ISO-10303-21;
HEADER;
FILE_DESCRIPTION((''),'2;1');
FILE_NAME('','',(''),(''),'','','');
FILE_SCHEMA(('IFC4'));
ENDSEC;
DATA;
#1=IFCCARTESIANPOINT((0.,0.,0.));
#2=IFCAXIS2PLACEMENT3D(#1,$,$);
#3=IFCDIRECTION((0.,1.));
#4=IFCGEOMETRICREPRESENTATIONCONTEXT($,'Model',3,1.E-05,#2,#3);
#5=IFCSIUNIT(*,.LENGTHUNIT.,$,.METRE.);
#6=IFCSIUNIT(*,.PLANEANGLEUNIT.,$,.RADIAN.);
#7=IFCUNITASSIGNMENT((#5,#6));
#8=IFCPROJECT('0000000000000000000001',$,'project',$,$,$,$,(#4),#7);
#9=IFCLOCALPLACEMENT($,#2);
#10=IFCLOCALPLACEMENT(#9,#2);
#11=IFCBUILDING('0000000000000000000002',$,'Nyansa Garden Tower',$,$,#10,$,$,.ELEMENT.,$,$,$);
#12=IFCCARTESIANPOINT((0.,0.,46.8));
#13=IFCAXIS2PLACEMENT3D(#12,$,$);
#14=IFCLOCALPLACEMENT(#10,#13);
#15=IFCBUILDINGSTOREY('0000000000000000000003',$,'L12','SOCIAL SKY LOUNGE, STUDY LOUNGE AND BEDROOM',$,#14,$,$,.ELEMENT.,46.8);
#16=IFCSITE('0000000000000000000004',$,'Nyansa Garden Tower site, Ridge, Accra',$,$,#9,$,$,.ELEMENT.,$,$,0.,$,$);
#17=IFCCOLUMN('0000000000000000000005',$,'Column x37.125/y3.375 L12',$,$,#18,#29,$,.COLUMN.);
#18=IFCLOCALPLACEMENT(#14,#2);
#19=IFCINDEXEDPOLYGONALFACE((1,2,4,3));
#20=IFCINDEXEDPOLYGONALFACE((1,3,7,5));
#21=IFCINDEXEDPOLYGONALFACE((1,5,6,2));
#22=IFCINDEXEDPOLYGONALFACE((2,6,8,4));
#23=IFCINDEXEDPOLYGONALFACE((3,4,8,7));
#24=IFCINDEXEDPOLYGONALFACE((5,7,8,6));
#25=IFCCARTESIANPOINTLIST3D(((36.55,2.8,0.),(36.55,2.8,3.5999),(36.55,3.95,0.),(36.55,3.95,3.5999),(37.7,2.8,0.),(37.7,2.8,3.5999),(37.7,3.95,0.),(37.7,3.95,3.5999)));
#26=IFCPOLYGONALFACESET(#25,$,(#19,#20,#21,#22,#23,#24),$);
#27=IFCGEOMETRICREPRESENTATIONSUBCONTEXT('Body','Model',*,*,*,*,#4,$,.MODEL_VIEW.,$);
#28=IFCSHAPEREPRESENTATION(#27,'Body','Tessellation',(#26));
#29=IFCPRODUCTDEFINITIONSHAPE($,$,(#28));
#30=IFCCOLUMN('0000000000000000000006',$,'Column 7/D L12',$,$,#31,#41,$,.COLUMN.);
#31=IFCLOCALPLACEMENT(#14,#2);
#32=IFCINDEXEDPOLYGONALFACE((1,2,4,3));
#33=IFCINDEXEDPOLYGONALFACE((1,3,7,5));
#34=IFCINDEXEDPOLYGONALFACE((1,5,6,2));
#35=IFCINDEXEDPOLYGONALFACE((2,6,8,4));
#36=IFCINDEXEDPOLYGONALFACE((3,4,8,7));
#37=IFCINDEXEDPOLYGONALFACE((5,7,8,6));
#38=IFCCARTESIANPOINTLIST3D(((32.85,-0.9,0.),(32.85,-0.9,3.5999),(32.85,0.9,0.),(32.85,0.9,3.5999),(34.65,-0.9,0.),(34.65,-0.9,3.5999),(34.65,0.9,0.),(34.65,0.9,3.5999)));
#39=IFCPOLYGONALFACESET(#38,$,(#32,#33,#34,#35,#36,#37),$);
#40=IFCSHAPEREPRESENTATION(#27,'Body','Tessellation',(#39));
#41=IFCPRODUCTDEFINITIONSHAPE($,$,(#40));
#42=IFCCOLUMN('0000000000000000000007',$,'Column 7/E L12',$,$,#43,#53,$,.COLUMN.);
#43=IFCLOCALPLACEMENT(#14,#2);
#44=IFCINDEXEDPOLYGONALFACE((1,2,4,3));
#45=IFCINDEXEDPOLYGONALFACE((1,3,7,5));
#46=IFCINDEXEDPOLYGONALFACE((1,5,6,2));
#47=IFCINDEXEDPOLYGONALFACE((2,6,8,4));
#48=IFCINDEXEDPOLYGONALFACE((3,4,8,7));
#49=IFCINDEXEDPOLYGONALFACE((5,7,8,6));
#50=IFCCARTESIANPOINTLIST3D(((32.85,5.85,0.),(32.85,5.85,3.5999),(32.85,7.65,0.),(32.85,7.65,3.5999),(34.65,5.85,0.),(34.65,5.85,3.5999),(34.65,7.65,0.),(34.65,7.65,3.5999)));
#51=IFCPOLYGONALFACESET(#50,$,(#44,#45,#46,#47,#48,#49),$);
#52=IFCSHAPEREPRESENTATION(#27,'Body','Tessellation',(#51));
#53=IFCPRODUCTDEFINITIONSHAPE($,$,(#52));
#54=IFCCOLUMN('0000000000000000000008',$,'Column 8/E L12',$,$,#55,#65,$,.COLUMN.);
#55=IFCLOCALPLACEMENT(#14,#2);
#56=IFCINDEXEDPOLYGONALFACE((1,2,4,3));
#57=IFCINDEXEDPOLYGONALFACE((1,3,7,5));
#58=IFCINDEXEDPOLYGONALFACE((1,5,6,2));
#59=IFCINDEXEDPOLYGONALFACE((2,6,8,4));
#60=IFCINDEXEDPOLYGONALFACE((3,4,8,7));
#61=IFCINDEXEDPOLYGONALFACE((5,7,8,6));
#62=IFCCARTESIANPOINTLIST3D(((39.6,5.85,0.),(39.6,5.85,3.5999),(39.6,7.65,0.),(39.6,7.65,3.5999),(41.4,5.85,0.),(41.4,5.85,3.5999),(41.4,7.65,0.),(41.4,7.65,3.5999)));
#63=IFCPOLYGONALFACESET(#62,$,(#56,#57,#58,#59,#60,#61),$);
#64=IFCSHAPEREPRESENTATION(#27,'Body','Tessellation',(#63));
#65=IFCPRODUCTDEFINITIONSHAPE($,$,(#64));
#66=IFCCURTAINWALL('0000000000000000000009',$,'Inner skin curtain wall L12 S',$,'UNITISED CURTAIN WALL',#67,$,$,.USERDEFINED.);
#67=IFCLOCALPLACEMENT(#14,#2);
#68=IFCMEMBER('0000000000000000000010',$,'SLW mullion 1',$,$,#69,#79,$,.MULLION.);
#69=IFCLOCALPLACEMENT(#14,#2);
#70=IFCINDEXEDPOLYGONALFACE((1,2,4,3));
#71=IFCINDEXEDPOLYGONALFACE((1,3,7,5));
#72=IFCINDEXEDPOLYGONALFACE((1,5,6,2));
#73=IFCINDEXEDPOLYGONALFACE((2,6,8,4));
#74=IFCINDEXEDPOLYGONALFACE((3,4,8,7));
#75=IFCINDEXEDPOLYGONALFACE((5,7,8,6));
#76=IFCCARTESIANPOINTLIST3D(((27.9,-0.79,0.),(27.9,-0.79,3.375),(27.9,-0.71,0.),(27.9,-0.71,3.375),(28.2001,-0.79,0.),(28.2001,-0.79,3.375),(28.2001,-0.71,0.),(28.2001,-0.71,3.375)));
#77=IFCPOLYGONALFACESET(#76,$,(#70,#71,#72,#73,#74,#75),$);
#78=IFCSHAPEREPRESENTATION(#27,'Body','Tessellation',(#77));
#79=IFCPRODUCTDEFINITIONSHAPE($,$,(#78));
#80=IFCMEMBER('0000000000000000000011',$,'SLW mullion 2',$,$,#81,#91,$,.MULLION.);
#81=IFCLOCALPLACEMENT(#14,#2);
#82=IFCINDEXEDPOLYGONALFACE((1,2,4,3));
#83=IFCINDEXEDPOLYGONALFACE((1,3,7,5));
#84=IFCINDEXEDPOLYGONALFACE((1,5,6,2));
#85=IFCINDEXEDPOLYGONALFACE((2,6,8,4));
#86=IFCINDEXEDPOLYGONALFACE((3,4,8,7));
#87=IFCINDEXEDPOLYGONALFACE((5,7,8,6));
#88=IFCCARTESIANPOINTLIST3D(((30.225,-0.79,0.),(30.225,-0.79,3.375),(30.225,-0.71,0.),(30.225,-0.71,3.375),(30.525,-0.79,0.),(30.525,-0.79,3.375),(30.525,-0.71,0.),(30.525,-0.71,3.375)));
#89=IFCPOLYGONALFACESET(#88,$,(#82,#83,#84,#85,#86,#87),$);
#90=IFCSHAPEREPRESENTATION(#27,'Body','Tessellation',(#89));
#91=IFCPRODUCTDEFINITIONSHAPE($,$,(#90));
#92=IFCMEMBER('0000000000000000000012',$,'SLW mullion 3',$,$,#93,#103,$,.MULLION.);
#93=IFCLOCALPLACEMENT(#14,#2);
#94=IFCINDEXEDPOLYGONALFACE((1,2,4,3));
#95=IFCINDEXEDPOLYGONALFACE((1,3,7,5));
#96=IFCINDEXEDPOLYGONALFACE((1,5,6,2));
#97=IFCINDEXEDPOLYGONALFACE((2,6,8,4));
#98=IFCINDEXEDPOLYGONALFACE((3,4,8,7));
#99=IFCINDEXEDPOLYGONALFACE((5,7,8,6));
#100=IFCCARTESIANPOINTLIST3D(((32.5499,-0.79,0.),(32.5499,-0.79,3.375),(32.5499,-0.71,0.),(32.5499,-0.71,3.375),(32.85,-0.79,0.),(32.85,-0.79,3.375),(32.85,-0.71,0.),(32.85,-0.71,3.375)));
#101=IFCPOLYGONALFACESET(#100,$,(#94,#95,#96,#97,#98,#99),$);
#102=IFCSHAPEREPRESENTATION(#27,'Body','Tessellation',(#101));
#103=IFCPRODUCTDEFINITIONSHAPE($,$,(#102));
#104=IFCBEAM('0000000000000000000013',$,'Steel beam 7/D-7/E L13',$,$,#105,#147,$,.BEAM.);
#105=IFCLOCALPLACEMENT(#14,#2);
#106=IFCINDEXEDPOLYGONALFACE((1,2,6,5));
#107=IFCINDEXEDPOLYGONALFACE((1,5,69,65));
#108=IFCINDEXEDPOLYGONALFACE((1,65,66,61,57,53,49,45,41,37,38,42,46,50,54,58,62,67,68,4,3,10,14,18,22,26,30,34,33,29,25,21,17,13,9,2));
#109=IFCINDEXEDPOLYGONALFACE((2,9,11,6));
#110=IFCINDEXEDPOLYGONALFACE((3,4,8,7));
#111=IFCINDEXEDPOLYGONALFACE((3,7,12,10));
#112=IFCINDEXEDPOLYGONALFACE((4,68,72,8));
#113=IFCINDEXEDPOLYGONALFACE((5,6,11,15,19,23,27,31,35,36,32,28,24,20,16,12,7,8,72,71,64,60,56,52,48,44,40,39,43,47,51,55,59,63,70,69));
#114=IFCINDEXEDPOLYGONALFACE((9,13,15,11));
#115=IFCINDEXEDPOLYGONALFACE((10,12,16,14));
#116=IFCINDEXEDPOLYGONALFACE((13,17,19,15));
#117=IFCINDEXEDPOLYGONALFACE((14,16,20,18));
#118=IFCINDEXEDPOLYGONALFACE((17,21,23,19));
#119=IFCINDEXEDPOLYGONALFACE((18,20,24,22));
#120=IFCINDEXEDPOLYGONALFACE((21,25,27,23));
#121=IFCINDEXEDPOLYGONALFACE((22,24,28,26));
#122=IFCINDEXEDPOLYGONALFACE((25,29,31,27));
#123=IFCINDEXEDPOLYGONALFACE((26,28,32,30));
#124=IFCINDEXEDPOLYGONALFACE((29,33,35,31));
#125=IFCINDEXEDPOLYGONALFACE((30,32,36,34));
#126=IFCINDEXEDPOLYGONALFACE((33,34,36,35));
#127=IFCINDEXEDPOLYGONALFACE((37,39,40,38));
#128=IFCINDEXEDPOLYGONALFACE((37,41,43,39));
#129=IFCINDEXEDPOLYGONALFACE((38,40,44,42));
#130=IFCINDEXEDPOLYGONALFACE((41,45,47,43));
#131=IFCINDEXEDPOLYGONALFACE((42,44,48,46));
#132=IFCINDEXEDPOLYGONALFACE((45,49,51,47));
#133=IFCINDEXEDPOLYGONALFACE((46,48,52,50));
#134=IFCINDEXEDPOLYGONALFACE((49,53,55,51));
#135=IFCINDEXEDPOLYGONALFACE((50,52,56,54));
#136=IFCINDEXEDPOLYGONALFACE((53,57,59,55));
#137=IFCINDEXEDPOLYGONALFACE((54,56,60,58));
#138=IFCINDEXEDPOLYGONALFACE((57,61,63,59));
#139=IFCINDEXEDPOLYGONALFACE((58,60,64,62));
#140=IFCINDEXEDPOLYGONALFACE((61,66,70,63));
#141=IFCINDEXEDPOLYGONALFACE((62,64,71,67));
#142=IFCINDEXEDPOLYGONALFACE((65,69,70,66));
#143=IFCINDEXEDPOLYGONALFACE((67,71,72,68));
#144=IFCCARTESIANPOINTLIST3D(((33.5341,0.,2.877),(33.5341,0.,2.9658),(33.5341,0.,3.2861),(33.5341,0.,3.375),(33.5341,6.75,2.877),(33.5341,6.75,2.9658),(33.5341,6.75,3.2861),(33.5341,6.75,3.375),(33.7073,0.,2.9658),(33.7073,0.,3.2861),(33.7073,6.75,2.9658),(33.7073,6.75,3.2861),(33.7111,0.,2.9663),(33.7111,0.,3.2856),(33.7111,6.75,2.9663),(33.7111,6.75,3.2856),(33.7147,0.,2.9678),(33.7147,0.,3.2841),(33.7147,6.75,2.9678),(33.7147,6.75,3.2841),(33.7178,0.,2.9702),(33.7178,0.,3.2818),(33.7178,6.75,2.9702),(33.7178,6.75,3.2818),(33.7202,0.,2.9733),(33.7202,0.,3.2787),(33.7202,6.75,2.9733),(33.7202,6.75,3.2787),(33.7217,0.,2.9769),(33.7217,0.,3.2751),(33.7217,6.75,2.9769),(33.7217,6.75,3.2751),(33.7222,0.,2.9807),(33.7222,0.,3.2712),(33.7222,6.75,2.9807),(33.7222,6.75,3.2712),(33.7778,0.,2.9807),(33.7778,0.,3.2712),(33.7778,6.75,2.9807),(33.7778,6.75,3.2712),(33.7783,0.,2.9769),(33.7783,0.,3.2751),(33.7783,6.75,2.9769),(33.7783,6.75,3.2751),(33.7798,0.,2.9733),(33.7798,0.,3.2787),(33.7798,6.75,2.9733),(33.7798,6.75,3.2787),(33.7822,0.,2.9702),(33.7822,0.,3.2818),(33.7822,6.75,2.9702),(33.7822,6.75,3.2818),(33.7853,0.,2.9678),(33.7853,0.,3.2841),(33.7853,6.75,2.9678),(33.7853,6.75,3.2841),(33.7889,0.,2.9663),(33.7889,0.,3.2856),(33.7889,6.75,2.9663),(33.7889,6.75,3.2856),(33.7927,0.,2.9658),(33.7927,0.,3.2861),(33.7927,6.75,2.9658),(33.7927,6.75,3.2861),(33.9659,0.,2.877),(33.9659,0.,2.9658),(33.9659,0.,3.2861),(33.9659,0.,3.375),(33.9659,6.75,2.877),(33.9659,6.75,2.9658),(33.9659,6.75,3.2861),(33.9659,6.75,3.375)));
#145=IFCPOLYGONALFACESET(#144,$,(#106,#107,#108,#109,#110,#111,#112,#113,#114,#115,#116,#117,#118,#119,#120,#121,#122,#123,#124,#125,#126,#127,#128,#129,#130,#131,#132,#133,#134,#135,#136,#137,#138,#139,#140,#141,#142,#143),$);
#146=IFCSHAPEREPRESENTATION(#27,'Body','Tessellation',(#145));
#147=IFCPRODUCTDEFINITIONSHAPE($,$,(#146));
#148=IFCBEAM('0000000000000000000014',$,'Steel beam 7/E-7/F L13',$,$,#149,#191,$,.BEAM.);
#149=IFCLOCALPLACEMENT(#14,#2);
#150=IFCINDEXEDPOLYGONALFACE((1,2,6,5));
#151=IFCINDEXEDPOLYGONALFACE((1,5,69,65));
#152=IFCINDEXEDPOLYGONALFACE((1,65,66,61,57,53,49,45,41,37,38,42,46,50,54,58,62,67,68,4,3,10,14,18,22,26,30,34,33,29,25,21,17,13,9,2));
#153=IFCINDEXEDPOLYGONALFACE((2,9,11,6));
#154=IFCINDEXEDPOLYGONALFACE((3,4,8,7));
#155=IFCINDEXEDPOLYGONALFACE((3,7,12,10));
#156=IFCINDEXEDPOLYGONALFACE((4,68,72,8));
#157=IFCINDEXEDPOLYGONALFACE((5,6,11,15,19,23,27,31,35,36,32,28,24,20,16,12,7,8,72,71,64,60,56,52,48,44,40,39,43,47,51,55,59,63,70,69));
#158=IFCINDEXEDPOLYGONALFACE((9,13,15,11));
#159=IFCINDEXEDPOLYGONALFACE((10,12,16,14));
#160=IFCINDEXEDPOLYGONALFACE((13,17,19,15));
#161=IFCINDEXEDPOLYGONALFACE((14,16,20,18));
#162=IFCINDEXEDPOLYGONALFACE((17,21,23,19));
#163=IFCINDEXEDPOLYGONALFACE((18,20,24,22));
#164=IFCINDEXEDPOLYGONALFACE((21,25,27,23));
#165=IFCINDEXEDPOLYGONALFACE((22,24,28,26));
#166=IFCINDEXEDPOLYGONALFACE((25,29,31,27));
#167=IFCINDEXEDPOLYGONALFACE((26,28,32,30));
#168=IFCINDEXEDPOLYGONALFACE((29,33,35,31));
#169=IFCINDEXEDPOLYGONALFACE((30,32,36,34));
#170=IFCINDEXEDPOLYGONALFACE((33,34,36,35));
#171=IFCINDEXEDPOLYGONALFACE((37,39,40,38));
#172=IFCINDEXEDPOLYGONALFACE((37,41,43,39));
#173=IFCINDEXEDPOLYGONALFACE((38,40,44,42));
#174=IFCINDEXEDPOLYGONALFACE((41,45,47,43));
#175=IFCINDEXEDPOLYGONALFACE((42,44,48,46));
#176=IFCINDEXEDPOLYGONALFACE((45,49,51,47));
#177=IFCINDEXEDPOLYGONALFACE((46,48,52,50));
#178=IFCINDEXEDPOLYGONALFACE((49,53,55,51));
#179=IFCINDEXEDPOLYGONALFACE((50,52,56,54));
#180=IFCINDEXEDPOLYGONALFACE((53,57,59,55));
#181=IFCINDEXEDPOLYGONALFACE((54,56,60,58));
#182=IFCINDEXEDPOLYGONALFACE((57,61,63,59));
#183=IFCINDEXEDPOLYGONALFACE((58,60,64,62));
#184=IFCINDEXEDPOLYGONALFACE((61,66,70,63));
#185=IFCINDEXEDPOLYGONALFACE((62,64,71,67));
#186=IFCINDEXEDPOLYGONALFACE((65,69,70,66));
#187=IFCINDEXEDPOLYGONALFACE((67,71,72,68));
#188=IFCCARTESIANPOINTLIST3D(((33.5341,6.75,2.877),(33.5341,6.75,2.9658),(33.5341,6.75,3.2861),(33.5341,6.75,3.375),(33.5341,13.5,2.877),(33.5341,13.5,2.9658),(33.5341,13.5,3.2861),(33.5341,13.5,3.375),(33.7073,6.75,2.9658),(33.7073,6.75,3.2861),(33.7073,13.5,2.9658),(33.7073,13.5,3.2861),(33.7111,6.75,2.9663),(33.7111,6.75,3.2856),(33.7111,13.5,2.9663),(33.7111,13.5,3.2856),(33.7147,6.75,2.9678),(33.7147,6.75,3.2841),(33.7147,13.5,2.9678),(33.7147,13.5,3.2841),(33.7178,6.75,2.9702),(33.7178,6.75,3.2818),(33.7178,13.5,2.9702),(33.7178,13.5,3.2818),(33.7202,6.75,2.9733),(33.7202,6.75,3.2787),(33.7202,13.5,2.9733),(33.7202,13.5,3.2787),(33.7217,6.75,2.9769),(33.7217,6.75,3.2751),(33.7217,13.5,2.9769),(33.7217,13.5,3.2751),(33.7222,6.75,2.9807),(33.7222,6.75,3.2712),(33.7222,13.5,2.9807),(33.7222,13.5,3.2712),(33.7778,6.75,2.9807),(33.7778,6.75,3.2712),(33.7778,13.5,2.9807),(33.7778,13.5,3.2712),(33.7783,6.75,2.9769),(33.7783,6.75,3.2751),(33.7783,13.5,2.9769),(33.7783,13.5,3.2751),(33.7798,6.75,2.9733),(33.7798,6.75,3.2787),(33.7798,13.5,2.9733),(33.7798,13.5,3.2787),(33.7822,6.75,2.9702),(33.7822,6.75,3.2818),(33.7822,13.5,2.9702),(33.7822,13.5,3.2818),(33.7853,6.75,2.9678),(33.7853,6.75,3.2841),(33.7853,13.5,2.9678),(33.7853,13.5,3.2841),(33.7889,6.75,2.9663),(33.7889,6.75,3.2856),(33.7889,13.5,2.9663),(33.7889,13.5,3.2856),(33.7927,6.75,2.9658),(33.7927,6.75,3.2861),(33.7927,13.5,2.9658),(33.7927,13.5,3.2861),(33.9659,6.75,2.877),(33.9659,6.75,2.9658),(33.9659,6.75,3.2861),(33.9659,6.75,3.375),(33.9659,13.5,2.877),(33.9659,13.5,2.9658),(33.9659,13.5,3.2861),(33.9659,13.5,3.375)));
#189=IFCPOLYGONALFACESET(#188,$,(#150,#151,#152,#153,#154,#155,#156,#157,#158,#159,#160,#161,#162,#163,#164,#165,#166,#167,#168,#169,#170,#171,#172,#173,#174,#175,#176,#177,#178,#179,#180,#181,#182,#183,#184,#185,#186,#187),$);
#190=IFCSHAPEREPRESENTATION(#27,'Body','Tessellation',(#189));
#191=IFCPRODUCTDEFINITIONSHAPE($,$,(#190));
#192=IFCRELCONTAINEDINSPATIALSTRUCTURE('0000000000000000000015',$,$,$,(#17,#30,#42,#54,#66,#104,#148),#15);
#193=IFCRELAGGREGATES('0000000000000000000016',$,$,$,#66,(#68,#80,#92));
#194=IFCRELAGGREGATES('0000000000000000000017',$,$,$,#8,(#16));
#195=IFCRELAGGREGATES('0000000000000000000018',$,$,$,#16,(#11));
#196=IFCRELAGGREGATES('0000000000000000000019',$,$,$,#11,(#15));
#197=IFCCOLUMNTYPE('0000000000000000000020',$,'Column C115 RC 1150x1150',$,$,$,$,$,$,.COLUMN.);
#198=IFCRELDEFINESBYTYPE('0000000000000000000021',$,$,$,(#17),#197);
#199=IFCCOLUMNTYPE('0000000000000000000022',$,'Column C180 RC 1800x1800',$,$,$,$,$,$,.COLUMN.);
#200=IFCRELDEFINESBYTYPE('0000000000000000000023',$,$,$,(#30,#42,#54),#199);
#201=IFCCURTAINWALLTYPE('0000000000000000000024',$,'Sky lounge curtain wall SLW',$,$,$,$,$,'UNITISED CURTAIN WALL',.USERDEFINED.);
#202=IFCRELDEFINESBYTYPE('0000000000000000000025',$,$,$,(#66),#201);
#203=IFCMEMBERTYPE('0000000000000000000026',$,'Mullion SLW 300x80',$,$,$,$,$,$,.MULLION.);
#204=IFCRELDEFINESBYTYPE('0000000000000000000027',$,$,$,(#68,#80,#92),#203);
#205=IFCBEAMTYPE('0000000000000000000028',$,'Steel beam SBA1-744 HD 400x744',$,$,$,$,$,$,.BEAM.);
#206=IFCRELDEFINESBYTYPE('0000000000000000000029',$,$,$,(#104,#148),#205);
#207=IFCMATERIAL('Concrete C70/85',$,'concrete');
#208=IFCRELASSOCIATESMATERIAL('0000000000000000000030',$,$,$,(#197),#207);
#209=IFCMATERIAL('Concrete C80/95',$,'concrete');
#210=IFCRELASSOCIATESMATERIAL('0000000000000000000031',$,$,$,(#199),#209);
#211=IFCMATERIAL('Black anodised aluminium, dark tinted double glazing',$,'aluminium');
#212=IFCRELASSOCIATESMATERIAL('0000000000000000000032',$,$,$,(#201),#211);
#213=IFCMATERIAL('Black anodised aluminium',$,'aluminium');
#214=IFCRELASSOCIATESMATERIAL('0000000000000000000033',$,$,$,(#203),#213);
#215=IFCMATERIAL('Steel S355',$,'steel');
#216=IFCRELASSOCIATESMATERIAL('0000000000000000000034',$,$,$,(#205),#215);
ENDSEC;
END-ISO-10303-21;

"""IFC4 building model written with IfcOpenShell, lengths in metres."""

from ifc_helpers import new_model, si_unit, direction, frame, origin, origin_2d, place, context, subcontext, project, spatial, rectangle, i_section, extrude, material, material_profile, profile_set, type_object, element, aggregate, save


model = new_model("IFC4")

# Units and contexts
model_context = context("Model", 3, precision=1e-05, world=origin(), true_north=direction((0.0, 1.0)))
body_context = subcontext(model_context, "Body", "Model", "MODEL_VIEW")
ifc_project = project(units=[si_unit("LENGTHUNIT", "METRE"), si_unit("PLANEANGLEUNIT", "RADIAN")], contexts=[model_context])

# Site, building, storey
site_placement = place(None, origin())
site = spatial("IfcSite", under=ifc_project, at=site_placement, Name="Nyansa Garden Tower site, Ridge, Accra", CompositionType="ELEMENT", RefElevation=0.0)
building_placement = place(site_placement, origin())
building = spatial("IfcBuilding", under=site, at=building_placement, Name="Nyansa Garden Tower", CompositionType="ELEMENT")
storey_placement = place(building_placement, frame((0.0, 0.0, 46.8)))
storey = spatial("IfcBuildingStorey", under=building, at=storey_placement, Name="L12", Description="SOCIAL SKY LOUNGE, STUDY LOUNGE AND BEDROOM", CompositionType="ELEMENT", Elevation=46.8)

# Columns
ifc_material_1 = material(Name="Concrete C70/85", Category="concrete")
ifc_material_profile_1 = material_profile(ifc_material_1, rectangle(XDim=1.1499, YDim=1.1499, at=origin_2d()), Name="RC 1150x1150")
ifc_profile_set_1 = profile_set([ifc_material_profile_1], Name="Concrete C70/85")
column_type_1 = type_object("IfcColumnType", Name="Column C115 RC 1150x1150", PredefinedType="COLUMN", material=ifc_profile_set_1)
column_placement = place(storey_placement, frame((37.125, 3.375, 0.0), z_axis=(0.0, 0.0, 1.0), x_axis=(1.0, 0.0, 0.0)))
element("IfcColumn", 1, at=column_placement, inside=storey, type_object=column_type_1, Name="Column x37.125/y3.375 L12", PredefinedType="COLUMN", context=body_context, shape_type="SweptSolid", body=[
    extrude(rectangle(XDim=1.1499, YDim=1.1499, at=origin_2d()), origin(), (0.0, 0.0, 1.0), 3.5999),
])
ifc_material_2 = material(Name="Concrete C80/95", Category="concrete")
ifc_material_profile_2 = material_profile(ifc_material_2, rectangle(XDim=1.8, YDim=1.8, at=origin_2d()), Name="RC 1800x1800")
ifc_profile_set_2 = profile_set([ifc_material_profile_2], Name="Concrete C80/95")
column_type_2 = type_object("IfcColumnType", Name="Column C180 RC 1800x1800", PredefinedType="COLUMN", material=ifc_profile_set_2)
for number, where, z_axis, x_axis, name in (
    (2, (33.75, 0.0, 0.0), (0.0, 0.0, 1.0), (1.0, 0.0, 0.0), "Column 7/D L12"),
    (3, (33.75, 6.75, 0.0), (0.0, 0.0, 1.0), (1.0, 0.0, 0.0), "Column 7/E L12"),
    (4, (40.5, 6.75, 0.0), (0.0, 0.0, 1.0), (1.0, 0.0, 0.0), "Column 8/E L12"),
):
    element("IfcColumn", number, at=place(storey_placement, frame(where, z_axis=z_axis, x_axis=x_axis)), inside=storey, type_object=column_type_2, Name=name, PredefinedType="COLUMN", context=body_context, shape_type="SweptSolid", body=[
        extrude(rectangle(XDim=1.8, YDim=1.8, at=origin_2d()), origin(), (0.0, 0.0, 1.0), 3.5999),
    ])

# Curtain wall, members
ifc_material_3 = material(Name="Black anodised aluminium, dark tinted double glazing", Category="aluminium")
curtain_wall_type = type_object("IfcCurtainWallType", Name="Sky lounge curtain wall SLW", ElementType="UNITISED CURTAIN WALL", PredefinedType="USERDEFINED", material=ifc_material_3)
curtain_wall_placement = place(storey_placement, origin())
curtain_wall = element("IfcCurtainWall", 5, at=curtain_wall_placement, inside=storey, type_object=curtain_wall_type, Name="Inner skin curtain wall L12 S", ObjectType="UNITISED CURTAIN WALL", PredefinedType="USERDEFINED")
ifc_material_4 = material(Name="Black anodised aluminium", Category="aluminium")
ifc_material_profile_3 = material_profile(ifc_material_4, rectangle(XDim=0.0801, YDim=0.3, at=origin_2d()), Name="Mullion 300x80")
ifc_profile_set_3 = profile_set([ifc_material_profile_3], Name="Black anodised aluminium")
member_type_1 = type_object("IfcMemberType", Name="Mullion SLW 300x80", PredefinedType="MULLION", material=ifc_profile_set_3)
member_1_placement = place(storey_placement, frame((28.05, -0.75, 0.0), z_axis=(0.0, 0.0, 1.0), x_axis=(0.0, 1.0, 0.0)))
member_1 = element("IfcMember", 6, at=member_1_placement, type_object=member_type_1, Name="SLW mullion 1", PredefinedType="MULLION", context=body_context, shape_type="SweptSolid", body=[
    extrude(rectangle(XDim=0.0801, YDim=0.3, at=origin_2d()), origin(), (0.0, 0.0, 1.0), 3.375),
])
member_2_placement = place(storey_placement, frame((30.375, -0.75, 0.0), z_axis=(0.0, 0.0, 1.0), x_axis=(0.0, 1.0, 0.0)))
member_2 = element("IfcMember", 7, at=member_2_placement, type_object=member_type_1, Name="SLW mullion 2", PredefinedType="MULLION", context=body_context, shape_type="SweptSolid", body=[
    extrude(rectangle(XDim=0.0801, YDim=0.3, at=origin_2d()), origin(), (0.0, 0.0, 1.0), 3.375),
])
member_3_placement = place(storey_placement, frame((32.7, -0.75, 0.0), z_axis=(0.0, 0.0, 1.0), x_axis=(0.0, 1.0, 0.0)))
member_3 = element("IfcMember", 8, at=member_3_placement, type_object=member_type_1, Name="SLW mullion 3", PredefinedType="MULLION", context=body_context, shape_type="SweptSolid", body=[
    extrude(rectangle(XDim=0.0801, YDim=0.3, at=origin_2d()), origin(), (0.0, 0.0, 1.0), 3.375),
])

# Beams
ifc_material_5 = material(Name="Steel S355", Category="steel")
ifc_material_profile_4 = material_profile(ifc_material_5, i_section(OverallWidth=0.4319, OverallDepth=0.498, WebThickness=0.0557, FlangeThickness=0.0889, FilletRadius=0.0149, at=origin_2d()), Name="HD 400x744")
ifc_profile_set_4 = profile_set([ifc_material_profile_4], Name="Steel S355")
beam_type_1 = type_object("IfcBeamType", Name="Steel beam SBA1-744 HD 400x744", PredefinedType="BEAM", material=ifc_profile_set_4)
for number, where, z_axis, x_axis, name in (
    (9, (33.75, 0.0, 3.126), (0.0, 1.0, 0.0), (-1.0, 0.0, 0.0), "Steel beam 7/D-7/E L13"),
    (10, (33.75, 6.75, 3.126), (0.0, 1.0, 0.0), (-1.0, 0.0, 0.0), "Steel beam 7/E-7/F L13"),
):
    element("IfcBeam", number, at=place(storey_placement, frame(where, z_axis=z_axis, x_axis=x_axis)), inside=storey, type_object=beam_type_1, Name=name, PredefinedType="BEAM", context=body_context, shape_type="SweptSolid", body=[
        extrude(i_section(OverallWidth=0.4319, OverallDepth=0.498, WebThickness=0.0557, FlangeThickness=0.0889, FilletRadius=0.0149, at=origin_2d()), origin(), (0.0, 0.0, 1.0), 6.75),
    ])

aggregate(curtain_wall, [member_1, member_2, member_3])

save(model, "model.ifc")
